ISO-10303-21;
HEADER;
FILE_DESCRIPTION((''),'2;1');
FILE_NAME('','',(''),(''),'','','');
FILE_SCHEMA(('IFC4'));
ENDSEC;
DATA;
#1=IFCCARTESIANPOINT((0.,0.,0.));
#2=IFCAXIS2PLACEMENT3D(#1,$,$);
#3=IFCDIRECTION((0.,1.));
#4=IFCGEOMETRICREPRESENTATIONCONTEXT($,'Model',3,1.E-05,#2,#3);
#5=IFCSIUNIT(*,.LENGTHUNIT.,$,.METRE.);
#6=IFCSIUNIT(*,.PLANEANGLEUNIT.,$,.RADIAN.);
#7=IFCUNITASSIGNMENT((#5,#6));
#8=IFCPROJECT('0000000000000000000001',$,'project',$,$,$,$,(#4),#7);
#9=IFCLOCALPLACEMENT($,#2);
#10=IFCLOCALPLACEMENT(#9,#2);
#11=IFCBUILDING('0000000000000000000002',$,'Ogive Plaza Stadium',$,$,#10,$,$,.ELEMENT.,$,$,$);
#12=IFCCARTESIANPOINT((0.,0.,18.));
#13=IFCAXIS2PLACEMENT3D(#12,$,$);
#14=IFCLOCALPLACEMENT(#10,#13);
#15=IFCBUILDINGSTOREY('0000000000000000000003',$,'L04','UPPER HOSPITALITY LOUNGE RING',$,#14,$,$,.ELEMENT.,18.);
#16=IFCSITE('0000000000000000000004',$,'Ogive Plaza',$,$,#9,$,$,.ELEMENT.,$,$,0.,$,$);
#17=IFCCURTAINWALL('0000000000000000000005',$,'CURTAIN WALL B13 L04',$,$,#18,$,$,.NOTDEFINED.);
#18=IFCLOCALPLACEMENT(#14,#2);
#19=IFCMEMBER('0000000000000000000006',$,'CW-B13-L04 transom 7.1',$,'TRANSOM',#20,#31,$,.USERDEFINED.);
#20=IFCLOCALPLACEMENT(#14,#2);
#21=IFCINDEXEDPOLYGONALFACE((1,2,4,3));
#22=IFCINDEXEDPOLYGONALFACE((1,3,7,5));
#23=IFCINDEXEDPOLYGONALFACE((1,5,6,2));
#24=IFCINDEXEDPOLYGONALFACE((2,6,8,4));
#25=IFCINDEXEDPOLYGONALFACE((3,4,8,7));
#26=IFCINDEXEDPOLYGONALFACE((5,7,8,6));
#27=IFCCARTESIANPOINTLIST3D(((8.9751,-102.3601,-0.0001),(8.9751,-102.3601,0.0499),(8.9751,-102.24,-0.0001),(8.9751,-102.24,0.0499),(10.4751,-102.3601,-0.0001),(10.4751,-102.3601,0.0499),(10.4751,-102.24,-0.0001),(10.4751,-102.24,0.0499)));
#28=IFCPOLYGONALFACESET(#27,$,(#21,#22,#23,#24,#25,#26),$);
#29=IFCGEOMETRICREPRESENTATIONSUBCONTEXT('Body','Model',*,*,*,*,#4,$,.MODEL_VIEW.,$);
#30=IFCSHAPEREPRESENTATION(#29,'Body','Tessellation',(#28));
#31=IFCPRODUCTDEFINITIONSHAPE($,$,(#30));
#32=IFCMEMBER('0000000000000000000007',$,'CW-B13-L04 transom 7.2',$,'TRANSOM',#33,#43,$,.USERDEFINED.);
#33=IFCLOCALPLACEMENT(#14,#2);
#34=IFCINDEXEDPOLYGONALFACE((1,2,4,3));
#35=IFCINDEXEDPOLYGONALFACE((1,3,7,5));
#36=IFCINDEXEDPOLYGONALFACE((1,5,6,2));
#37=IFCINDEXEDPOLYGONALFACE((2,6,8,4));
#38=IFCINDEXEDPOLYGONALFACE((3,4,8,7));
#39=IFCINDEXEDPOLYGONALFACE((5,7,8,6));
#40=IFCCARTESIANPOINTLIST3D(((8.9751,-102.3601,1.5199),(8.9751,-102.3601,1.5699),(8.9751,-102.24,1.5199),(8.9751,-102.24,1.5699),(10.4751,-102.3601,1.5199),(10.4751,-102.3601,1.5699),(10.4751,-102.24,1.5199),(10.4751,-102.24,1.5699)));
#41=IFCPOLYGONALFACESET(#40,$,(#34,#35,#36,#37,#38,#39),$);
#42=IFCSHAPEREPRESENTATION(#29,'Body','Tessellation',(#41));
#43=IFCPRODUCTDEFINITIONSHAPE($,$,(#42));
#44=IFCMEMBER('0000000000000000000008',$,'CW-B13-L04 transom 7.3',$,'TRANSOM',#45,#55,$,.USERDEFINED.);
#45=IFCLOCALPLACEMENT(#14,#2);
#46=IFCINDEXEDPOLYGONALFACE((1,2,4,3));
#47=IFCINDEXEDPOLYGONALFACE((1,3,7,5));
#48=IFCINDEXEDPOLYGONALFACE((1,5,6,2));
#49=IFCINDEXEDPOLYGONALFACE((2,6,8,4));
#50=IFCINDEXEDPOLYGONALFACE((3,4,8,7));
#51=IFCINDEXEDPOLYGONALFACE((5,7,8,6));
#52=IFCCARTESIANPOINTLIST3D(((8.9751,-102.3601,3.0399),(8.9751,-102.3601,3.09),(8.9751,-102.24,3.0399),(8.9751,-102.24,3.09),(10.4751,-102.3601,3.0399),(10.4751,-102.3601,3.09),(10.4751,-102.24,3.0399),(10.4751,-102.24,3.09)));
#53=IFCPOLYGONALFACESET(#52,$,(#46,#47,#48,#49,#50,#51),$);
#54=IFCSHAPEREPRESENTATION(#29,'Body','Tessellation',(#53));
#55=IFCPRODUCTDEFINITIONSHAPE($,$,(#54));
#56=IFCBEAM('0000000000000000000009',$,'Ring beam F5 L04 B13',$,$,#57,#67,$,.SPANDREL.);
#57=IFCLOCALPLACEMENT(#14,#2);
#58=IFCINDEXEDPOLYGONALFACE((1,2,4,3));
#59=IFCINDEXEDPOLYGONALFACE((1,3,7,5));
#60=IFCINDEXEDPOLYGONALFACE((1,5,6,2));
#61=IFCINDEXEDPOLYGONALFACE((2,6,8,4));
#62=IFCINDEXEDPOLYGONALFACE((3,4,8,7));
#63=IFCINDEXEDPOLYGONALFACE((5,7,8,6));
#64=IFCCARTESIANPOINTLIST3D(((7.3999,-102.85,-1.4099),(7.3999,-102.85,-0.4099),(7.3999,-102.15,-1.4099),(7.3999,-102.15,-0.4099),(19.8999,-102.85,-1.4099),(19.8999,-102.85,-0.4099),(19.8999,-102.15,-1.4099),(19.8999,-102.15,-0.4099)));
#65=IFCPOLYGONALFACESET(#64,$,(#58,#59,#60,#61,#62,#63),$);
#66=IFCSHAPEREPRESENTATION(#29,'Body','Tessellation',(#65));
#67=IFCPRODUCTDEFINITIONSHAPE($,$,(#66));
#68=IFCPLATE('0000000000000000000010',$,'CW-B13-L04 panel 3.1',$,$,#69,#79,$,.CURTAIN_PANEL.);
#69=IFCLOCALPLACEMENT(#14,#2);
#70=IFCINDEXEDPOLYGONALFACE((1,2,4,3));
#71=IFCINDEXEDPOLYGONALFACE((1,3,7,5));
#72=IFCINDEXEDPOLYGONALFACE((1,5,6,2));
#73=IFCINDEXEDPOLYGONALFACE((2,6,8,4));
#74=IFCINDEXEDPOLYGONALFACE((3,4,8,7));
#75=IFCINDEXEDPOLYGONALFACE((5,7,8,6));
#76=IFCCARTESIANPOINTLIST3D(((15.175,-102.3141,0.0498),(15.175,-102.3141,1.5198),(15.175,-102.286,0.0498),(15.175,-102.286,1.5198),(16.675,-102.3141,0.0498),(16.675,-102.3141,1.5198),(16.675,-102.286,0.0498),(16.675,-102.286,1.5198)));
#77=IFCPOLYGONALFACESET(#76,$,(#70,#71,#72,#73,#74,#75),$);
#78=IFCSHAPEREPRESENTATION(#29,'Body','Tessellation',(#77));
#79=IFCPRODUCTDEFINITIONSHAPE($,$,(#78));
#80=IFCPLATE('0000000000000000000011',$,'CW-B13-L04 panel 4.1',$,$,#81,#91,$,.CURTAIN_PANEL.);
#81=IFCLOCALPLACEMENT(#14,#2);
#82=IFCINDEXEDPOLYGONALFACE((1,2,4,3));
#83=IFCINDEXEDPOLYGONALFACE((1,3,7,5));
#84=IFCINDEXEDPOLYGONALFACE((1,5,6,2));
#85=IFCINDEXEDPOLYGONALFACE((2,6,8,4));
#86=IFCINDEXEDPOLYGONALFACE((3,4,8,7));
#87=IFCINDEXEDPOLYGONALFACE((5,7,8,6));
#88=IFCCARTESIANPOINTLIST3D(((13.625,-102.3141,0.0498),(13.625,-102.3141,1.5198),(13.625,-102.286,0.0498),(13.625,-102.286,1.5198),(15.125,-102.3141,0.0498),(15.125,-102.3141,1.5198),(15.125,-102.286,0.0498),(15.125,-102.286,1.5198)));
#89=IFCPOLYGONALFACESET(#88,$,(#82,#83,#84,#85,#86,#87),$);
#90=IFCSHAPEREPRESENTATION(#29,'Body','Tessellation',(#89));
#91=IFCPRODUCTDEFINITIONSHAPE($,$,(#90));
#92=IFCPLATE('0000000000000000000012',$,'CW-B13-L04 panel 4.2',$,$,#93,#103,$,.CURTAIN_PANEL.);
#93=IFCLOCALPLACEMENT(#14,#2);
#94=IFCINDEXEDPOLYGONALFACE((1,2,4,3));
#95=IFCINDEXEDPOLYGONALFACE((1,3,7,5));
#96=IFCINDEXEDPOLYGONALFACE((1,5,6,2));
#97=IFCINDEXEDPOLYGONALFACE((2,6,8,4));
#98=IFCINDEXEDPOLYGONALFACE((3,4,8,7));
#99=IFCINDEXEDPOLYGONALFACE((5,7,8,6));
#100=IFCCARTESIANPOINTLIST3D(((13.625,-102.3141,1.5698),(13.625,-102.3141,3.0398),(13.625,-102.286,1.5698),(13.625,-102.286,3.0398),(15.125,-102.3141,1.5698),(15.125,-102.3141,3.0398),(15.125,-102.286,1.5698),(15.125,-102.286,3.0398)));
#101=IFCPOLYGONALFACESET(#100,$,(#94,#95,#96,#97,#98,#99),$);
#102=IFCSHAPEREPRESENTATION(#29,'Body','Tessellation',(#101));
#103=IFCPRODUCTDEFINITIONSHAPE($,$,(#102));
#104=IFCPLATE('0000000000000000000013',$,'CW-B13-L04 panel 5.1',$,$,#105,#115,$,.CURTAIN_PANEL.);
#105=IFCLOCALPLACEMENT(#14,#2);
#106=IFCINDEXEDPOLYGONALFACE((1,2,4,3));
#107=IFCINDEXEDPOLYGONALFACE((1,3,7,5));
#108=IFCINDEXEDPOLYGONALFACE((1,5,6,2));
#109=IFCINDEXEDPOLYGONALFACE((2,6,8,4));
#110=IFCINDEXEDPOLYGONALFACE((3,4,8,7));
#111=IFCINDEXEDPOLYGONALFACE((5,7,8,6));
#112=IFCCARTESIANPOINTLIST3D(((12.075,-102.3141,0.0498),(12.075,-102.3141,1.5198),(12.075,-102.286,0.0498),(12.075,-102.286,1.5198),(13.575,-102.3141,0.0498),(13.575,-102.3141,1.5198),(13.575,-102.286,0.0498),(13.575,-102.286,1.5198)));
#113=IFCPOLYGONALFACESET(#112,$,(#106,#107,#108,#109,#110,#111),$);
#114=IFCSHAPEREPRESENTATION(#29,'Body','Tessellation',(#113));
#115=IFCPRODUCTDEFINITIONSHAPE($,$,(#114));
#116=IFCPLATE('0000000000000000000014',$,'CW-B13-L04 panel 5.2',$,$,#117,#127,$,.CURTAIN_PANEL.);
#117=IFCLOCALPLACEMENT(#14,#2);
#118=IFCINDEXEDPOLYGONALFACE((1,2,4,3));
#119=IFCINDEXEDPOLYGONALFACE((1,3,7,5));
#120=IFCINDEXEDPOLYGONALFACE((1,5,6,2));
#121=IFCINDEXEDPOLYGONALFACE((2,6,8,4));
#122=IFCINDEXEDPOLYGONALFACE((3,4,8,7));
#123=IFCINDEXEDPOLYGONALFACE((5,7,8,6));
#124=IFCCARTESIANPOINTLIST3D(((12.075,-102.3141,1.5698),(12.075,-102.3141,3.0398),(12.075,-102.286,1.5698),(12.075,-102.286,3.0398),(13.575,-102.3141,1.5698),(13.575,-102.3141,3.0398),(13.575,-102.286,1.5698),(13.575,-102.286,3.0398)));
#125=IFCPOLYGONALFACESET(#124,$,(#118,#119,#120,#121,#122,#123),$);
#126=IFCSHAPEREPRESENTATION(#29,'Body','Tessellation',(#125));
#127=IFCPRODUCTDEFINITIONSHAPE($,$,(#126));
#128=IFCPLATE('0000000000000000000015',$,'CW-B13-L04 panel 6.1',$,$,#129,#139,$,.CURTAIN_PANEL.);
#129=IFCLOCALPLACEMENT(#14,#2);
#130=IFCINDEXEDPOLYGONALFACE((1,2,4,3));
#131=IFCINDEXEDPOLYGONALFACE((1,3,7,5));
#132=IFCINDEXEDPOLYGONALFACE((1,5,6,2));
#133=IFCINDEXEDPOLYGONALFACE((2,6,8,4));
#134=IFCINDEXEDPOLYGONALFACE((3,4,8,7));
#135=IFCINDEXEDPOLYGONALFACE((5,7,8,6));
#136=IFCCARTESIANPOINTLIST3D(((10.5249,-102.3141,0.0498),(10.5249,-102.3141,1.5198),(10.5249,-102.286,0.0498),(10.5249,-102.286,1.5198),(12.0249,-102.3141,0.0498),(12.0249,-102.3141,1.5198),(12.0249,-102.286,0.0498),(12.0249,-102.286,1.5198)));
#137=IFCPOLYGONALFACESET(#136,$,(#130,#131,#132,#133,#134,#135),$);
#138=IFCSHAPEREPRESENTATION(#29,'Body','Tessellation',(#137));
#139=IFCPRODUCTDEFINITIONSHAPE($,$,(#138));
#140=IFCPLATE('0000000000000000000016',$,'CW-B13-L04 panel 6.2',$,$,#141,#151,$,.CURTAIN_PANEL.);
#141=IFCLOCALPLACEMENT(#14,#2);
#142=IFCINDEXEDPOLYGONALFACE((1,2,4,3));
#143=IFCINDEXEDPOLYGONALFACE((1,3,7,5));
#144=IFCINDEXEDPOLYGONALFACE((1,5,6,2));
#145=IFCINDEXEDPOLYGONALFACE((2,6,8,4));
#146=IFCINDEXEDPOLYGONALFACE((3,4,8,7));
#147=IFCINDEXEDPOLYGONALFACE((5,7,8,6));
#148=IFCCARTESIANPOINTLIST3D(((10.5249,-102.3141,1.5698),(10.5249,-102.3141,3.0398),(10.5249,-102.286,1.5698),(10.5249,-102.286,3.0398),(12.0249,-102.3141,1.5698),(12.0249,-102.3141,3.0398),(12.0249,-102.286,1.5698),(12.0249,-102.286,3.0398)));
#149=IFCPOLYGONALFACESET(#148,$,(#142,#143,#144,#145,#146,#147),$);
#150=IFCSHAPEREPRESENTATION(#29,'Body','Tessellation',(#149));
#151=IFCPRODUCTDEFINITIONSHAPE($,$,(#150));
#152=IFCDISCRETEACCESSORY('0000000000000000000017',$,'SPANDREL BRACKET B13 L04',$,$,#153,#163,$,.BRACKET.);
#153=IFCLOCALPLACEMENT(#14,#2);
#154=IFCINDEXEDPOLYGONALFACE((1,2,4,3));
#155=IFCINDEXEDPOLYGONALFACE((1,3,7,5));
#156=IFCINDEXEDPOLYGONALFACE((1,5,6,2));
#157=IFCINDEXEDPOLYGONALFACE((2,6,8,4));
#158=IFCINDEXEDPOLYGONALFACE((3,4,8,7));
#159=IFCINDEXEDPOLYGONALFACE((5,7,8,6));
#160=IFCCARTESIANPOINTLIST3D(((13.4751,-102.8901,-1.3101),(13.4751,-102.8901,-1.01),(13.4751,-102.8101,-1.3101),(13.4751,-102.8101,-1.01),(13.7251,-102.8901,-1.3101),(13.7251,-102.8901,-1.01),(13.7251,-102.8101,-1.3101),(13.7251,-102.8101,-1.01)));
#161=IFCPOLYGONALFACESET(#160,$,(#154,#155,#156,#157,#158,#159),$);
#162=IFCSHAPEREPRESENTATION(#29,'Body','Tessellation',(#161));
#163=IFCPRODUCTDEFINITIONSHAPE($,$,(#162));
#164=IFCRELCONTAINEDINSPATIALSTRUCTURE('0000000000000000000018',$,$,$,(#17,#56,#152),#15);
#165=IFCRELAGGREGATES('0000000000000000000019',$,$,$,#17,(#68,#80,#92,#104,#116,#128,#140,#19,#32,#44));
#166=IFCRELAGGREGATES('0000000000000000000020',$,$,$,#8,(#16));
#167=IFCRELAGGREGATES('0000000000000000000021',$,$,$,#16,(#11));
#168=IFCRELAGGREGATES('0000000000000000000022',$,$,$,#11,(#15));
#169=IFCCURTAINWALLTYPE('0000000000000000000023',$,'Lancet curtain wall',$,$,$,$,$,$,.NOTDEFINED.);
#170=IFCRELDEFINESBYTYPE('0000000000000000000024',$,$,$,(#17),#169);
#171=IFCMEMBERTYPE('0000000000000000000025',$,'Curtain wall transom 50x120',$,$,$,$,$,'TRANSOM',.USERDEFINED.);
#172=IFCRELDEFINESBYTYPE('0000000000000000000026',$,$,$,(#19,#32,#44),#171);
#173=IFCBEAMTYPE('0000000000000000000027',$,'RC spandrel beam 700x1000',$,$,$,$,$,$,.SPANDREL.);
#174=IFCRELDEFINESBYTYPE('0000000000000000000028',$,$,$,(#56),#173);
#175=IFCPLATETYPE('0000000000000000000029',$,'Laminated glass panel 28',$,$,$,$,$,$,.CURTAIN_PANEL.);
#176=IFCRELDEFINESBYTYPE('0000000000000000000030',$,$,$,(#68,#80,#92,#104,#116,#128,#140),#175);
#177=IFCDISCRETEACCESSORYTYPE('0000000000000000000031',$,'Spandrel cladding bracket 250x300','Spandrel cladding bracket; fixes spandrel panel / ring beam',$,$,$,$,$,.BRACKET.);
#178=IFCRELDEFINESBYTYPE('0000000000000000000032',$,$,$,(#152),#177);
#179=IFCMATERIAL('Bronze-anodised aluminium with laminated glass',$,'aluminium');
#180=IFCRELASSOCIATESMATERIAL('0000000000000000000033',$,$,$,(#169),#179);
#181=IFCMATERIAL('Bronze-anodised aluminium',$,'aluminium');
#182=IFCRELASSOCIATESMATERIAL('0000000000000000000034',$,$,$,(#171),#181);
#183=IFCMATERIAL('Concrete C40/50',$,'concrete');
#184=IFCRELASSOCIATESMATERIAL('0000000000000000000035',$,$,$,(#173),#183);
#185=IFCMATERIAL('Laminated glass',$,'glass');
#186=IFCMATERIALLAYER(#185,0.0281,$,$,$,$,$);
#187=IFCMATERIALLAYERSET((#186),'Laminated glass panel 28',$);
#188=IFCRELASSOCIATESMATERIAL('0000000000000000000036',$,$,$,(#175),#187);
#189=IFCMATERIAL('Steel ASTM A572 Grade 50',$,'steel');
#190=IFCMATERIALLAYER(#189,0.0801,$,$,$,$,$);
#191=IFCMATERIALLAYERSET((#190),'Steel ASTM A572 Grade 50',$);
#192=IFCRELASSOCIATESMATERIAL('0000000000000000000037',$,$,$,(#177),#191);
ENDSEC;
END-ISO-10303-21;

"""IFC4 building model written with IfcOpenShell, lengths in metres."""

from ifc_helpers import new_model, si_unit, direction, frame, origin, origin_2d, place, context, subcontext, project, spatial, rectangle, extrude, material, layer, layer_set, material_profile, profile_set, type_object, element, aggregate, save


model = new_model("IFC4")

# Units and contexts
model_context = context("Model", 3, precision=1e-05, world=origin(), true_north=direction((0.0, 1.0)))
body_context = subcontext(model_context, "Body", "Model", "MODEL_VIEW")
ifc_project = project(units=[si_unit("LENGTHUNIT", "METRE"), si_unit("PLANEANGLEUNIT", "RADIAN")], contexts=[model_context])

# Site, building, storey
site_placement = place(None, origin())
site = spatial("IfcSite", under=ifc_project, at=site_placement, Name="Ogive Plaza", CompositionType="ELEMENT", RefElevation=0.0)
building_placement = place(site_placement, origin())
building = spatial("IfcBuilding", under=site, at=building_placement, Name="Ogive Plaza Stadium", CompositionType="ELEMENT")
storey_placement = place(building_placement, frame((0.0, 0.0, 18.0)))
storey = spatial("IfcBuildingStorey", under=building, at=storey_placement, Name="L04", Description="UPPER HOSPITALITY LOUNGE RING", CompositionType="ELEMENT", Elevation=18.0)

# Curtain wall, members
ifc_material_1 = material(Name="Bronze-anodised aluminium with laminated glass", Category="aluminium")
curtain_wall_type = type_object("IfcCurtainWallType", Name="Lancet curtain wall", PredefinedType="NOTDEFINED", material=ifc_material_1)
curtain_wall_placement = place(storey_placement, origin())
curtain_wall = element("IfcCurtainWall", 1, at=curtain_wall_placement, inside=storey, type_object=curtain_wall_type, Name="CURTAIN WALL B13 L04", PredefinedType="NOTDEFINED")
ifc_material_2 = material(Name="Bronze-anodised aluminium", Category="aluminium")
ifc_material_profile_1 = material_profile(ifc_material_2, rectangle(XDim=0.1201, YDim=0.05, at=origin_2d()), Name="AL 120x50")
ifc_profile_set_1 = profile_set([ifc_material_profile_1], Name="Bronze-anodised aluminium")
member_type_1 = type_object("IfcMemberType", Name="Curtain wall transom 50x120", ElementType="TRANSOM", PredefinedType="USERDEFINED", material=ifc_profile_set_1)
member_1_placement = place(storey_placement, frame((10.4751, -102.3, 0.0249), z_axis=(-1.0, 0.0, 0.0), x_axis=(0.0, -1.0, 0.0)))
member_1 = element("IfcMember", 2, at=member_1_placement, type_object=member_type_1, Name="CW-B13-L04 transom 7.1", ObjectType="TRANSOM", PredefinedType="USERDEFINED", context=body_context, shape_type="SweptSolid", body=[
    extrude(rectangle(XDim=0.1201, YDim=0.05, at=origin_2d()), origin(), (0.0, 0.0, 1.0), 1.5),
])
member_2_placement = place(storey_placement, frame((10.4751, -102.3, 1.5449), z_axis=(-1.0, 0.0, 0.0), x_axis=(0.0, -1.0, 0.0)))
member_2 = element("IfcMember", 3, at=member_2_placement, type_object=member_type_1, Name="CW-B13-L04 transom 7.2", ObjectType="TRANSOM", PredefinedType="USERDEFINED", context=body_context, shape_type="SweptSolid", body=[
    extrude(rectangle(XDim=0.1201, YDim=0.05, at=origin_2d()), origin(), (0.0, 0.0, 1.0), 1.5),
])
member_3_placement = place(storey_placement, frame((10.4751, -102.3, 3.0649), z_axis=(-1.0, 0.0, 0.0), x_axis=(0.0, -1.0, 0.0)))
member_3 = element("IfcMember", 4, at=member_3_placement, type_object=member_type_1, Name="CW-B13-L04 transom 7.3", ObjectType="TRANSOM", PredefinedType="USERDEFINED", context=body_context, shape_type="SweptSolid", body=[
    extrude(rectangle(XDim=0.1201, YDim=0.05, at=origin_2d()), origin(), (0.0, 0.0, 1.0), 1.5),
])

# Beam
ifc_material_3 = material(Name="Concrete C40/50", Category="concrete")
ifc_material_profile_2 = material_profile(ifc_material_3, rectangle(XDim=0.7, YDim=1.0, at=origin_2d()), Name="RC 700x1000")
ifc_profile_set_2 = profile_set([ifc_material_profile_2], Name="Concrete C40/50")
beam_type = type_object("IfcBeamType", Name="RC spandrel beam 700x1000", PredefinedType="SPANDREL", material=ifc_profile_set_2)
beam_placement = place(storey_placement, frame((19.8999, -102.5, -0.9099), z_axis=(-1.0, 0.0, 0.0), x_axis=(0.0, -1.0, 0.0)))
element("IfcBeam", 5, at=beam_placement, inside=storey, type_object=beam_type, Name="Ring beam F5 L04 B13", PredefinedType="SPANDREL", context=body_context, shape_type="SweptSolid", body=[
    extrude(rectangle(XDim=0.7, YDim=1.0, at=origin_2d()), origin(), (0.0, 0.0, 1.0), 12.5),
])

# Plates
ifc_material_4 = material(Name="Laminated glass", Category="glass")
ifc_layer_1 = layer(ifc_material_4, 0.0281)
ifc_layer_set_1 = layer_set([ifc_layer_1], Name="Laminated glass panel 28")
plate_type = type_object("IfcPlateType", Name="Laminated glass panel 28", PredefinedType="CURTAIN_PANEL", material=ifc_layer_set_1)
plate_1_placement = place(storey_placement, frame((15.925, -102.3, 0.0498), z_axis=(0.0, 0.0, 1.0), x_axis=(-1.0, 0.0, 0.0)))
plate_1 = element("IfcPlate", 6, at=plate_1_placement, type_object=plate_type, Name="CW-B13-L04 panel 3.1", PredefinedType="CURTAIN_PANEL", context=body_context, shape_type="SweptSolid", body=[
    extrude(rectangle(XDim=1.5, YDim=0.0281, at=origin_2d()), origin(), (0.0, 0.0, 1.0), 1.47),
])
plate_2_placement = place(storey_placement, frame((14.375, -102.3, 0.0498), z_axis=(0.0, 0.0, 1.0), x_axis=(-1.0, 0.0, 0.0)))
plate_2 = element("IfcPlate", 7, at=plate_2_placement, type_object=plate_type, Name="CW-B13-L04 panel 4.1", PredefinedType="CURTAIN_PANEL", context=body_context, shape_type="SweptSolid", body=[
    extrude(rectangle(XDim=1.5, YDim=0.0281, at=origin_2d()), origin(), (0.0, 0.0, 1.0), 1.47),
])
plate_3_placement = place(storey_placement, frame((14.375, -102.3, 1.5698), z_axis=(0.0, 0.0, 1.0), x_axis=(-1.0, 0.0, 0.0)))
plate_3 = element("IfcPlate", 8, at=plate_3_placement, type_object=plate_type, Name="CW-B13-L04 panel 4.2", PredefinedType="CURTAIN_PANEL", context=body_context, shape_type="SweptSolid", body=[
    extrude(rectangle(XDim=1.5, YDim=0.0281, at=origin_2d()), origin(), (0.0, 0.0, 1.0), 1.47),
])
plate_4_placement = place(storey_placement, frame((12.825, -102.3, 0.0498), z_axis=(0.0, 0.0, 1.0), x_axis=(-1.0, 0.0, 0.0)))
plate_4 = element("IfcPlate", 9, at=plate_4_placement, type_object=plate_type, Name="CW-B13-L04 panel 5.1", PredefinedType="CURTAIN_PANEL", context=body_context, shape_type="SweptSolid", body=[
    extrude(rectangle(XDim=1.5, YDim=0.0281, at=origin_2d()), origin(), (0.0, 0.0, 1.0), 1.47),
])
plate_5_placement = place(storey_placement, frame((12.825, -102.3, 1.5698), z_axis=(0.0, 0.0, 1.0), x_axis=(-1.0, 0.0, 0.0)))
plate_5 = element("IfcPlate", 10, at=plate_5_placement, type_object=plate_type, Name="CW-B13-L04 panel 5.2", PredefinedType="CURTAIN_PANEL", context=body_context, shape_type="SweptSolid", body=[
    extrude(rectangle(XDim=1.5, YDim=0.0281, at=origin_2d()), origin(), (0.0, 0.0, 1.0), 1.47),
])
plate_6_placement = place(storey_placement, frame((11.2749, -102.3, 0.0498), z_axis=(0.0, 0.0, 1.0), x_axis=(-1.0, 0.0, 0.0)))
plate_6 = element("IfcPlate", 11, at=plate_6_placement, type_object=plate_type, Name="CW-B13-L04 panel 6.1", PredefinedType="CURTAIN_PANEL", context=body_context, shape_type="SweptSolid", body=[
    extrude(rectangle(XDim=1.5, YDim=0.0281, at=origin_2d()), origin(), (0.0, 0.0, 1.0), 1.47),
])
plate_7_placement = place(storey_placement, frame((11.2749, -102.3, 1.5698), z_axis=(0.0, 0.0, 1.0), x_axis=(-1.0, 0.0, 0.0)))
plate_7 = element("IfcPlate", 12, at=plate_7_placement, type_object=plate_type, Name="CW-B13-L04 panel 6.2", PredefinedType="CURTAIN_PANEL", context=body_context, shape_type="SweptSolid", body=[
    extrude(rectangle(XDim=1.5, YDim=0.0281, at=origin_2d()), origin(), (0.0, 0.0, 1.0), 1.47),
])
aggregate(curtain_wall, [plate_1, plate_2, plate_3, plate_4, plate_5, plate_6, plate_7, member_1, member_2, member_3])

# Discrete accessory
ifc_material_5 = material(Name="Steel ASTM A572 Grade 50", Category="steel")
ifc_layer_2 = layer(ifc_material_5, 0.0801)
ifc_layer_set_2 = layer_set([ifc_layer_2], Name="Steel ASTM A572 Grade 50")
discrete_accessory_type = type_object("IfcDiscreteAccessoryType", Name="Spandrel cladding bracket 250x300", Description="Spandrel cladding bracket; fixes spandrel panel / ring beam", PredefinedType="BRACKET", material=ifc_layer_set_2)
discrete_accessory_placement = place(storey_placement, frame((13.6001, -102.8501, -1.3101), z_axis=(0.0, 0.0, 1.0), x_axis=(-1.0, 0.0, 0.0)))
element("IfcDiscreteAccessory", 13, at=discrete_accessory_placement, inside=storey, type_object=discrete_accessory_type, Name="SPANDREL BRACKET B13 L04", PredefinedType="BRACKET", context=body_context, shape_type="SweptSolid", body=[
    extrude(rectangle(XDim=0.25, YDim=0.0801, at=origin_2d()), origin(), (0.0, 0.0, 1.0), 0.3),
])

save(model, "model.ifc")
